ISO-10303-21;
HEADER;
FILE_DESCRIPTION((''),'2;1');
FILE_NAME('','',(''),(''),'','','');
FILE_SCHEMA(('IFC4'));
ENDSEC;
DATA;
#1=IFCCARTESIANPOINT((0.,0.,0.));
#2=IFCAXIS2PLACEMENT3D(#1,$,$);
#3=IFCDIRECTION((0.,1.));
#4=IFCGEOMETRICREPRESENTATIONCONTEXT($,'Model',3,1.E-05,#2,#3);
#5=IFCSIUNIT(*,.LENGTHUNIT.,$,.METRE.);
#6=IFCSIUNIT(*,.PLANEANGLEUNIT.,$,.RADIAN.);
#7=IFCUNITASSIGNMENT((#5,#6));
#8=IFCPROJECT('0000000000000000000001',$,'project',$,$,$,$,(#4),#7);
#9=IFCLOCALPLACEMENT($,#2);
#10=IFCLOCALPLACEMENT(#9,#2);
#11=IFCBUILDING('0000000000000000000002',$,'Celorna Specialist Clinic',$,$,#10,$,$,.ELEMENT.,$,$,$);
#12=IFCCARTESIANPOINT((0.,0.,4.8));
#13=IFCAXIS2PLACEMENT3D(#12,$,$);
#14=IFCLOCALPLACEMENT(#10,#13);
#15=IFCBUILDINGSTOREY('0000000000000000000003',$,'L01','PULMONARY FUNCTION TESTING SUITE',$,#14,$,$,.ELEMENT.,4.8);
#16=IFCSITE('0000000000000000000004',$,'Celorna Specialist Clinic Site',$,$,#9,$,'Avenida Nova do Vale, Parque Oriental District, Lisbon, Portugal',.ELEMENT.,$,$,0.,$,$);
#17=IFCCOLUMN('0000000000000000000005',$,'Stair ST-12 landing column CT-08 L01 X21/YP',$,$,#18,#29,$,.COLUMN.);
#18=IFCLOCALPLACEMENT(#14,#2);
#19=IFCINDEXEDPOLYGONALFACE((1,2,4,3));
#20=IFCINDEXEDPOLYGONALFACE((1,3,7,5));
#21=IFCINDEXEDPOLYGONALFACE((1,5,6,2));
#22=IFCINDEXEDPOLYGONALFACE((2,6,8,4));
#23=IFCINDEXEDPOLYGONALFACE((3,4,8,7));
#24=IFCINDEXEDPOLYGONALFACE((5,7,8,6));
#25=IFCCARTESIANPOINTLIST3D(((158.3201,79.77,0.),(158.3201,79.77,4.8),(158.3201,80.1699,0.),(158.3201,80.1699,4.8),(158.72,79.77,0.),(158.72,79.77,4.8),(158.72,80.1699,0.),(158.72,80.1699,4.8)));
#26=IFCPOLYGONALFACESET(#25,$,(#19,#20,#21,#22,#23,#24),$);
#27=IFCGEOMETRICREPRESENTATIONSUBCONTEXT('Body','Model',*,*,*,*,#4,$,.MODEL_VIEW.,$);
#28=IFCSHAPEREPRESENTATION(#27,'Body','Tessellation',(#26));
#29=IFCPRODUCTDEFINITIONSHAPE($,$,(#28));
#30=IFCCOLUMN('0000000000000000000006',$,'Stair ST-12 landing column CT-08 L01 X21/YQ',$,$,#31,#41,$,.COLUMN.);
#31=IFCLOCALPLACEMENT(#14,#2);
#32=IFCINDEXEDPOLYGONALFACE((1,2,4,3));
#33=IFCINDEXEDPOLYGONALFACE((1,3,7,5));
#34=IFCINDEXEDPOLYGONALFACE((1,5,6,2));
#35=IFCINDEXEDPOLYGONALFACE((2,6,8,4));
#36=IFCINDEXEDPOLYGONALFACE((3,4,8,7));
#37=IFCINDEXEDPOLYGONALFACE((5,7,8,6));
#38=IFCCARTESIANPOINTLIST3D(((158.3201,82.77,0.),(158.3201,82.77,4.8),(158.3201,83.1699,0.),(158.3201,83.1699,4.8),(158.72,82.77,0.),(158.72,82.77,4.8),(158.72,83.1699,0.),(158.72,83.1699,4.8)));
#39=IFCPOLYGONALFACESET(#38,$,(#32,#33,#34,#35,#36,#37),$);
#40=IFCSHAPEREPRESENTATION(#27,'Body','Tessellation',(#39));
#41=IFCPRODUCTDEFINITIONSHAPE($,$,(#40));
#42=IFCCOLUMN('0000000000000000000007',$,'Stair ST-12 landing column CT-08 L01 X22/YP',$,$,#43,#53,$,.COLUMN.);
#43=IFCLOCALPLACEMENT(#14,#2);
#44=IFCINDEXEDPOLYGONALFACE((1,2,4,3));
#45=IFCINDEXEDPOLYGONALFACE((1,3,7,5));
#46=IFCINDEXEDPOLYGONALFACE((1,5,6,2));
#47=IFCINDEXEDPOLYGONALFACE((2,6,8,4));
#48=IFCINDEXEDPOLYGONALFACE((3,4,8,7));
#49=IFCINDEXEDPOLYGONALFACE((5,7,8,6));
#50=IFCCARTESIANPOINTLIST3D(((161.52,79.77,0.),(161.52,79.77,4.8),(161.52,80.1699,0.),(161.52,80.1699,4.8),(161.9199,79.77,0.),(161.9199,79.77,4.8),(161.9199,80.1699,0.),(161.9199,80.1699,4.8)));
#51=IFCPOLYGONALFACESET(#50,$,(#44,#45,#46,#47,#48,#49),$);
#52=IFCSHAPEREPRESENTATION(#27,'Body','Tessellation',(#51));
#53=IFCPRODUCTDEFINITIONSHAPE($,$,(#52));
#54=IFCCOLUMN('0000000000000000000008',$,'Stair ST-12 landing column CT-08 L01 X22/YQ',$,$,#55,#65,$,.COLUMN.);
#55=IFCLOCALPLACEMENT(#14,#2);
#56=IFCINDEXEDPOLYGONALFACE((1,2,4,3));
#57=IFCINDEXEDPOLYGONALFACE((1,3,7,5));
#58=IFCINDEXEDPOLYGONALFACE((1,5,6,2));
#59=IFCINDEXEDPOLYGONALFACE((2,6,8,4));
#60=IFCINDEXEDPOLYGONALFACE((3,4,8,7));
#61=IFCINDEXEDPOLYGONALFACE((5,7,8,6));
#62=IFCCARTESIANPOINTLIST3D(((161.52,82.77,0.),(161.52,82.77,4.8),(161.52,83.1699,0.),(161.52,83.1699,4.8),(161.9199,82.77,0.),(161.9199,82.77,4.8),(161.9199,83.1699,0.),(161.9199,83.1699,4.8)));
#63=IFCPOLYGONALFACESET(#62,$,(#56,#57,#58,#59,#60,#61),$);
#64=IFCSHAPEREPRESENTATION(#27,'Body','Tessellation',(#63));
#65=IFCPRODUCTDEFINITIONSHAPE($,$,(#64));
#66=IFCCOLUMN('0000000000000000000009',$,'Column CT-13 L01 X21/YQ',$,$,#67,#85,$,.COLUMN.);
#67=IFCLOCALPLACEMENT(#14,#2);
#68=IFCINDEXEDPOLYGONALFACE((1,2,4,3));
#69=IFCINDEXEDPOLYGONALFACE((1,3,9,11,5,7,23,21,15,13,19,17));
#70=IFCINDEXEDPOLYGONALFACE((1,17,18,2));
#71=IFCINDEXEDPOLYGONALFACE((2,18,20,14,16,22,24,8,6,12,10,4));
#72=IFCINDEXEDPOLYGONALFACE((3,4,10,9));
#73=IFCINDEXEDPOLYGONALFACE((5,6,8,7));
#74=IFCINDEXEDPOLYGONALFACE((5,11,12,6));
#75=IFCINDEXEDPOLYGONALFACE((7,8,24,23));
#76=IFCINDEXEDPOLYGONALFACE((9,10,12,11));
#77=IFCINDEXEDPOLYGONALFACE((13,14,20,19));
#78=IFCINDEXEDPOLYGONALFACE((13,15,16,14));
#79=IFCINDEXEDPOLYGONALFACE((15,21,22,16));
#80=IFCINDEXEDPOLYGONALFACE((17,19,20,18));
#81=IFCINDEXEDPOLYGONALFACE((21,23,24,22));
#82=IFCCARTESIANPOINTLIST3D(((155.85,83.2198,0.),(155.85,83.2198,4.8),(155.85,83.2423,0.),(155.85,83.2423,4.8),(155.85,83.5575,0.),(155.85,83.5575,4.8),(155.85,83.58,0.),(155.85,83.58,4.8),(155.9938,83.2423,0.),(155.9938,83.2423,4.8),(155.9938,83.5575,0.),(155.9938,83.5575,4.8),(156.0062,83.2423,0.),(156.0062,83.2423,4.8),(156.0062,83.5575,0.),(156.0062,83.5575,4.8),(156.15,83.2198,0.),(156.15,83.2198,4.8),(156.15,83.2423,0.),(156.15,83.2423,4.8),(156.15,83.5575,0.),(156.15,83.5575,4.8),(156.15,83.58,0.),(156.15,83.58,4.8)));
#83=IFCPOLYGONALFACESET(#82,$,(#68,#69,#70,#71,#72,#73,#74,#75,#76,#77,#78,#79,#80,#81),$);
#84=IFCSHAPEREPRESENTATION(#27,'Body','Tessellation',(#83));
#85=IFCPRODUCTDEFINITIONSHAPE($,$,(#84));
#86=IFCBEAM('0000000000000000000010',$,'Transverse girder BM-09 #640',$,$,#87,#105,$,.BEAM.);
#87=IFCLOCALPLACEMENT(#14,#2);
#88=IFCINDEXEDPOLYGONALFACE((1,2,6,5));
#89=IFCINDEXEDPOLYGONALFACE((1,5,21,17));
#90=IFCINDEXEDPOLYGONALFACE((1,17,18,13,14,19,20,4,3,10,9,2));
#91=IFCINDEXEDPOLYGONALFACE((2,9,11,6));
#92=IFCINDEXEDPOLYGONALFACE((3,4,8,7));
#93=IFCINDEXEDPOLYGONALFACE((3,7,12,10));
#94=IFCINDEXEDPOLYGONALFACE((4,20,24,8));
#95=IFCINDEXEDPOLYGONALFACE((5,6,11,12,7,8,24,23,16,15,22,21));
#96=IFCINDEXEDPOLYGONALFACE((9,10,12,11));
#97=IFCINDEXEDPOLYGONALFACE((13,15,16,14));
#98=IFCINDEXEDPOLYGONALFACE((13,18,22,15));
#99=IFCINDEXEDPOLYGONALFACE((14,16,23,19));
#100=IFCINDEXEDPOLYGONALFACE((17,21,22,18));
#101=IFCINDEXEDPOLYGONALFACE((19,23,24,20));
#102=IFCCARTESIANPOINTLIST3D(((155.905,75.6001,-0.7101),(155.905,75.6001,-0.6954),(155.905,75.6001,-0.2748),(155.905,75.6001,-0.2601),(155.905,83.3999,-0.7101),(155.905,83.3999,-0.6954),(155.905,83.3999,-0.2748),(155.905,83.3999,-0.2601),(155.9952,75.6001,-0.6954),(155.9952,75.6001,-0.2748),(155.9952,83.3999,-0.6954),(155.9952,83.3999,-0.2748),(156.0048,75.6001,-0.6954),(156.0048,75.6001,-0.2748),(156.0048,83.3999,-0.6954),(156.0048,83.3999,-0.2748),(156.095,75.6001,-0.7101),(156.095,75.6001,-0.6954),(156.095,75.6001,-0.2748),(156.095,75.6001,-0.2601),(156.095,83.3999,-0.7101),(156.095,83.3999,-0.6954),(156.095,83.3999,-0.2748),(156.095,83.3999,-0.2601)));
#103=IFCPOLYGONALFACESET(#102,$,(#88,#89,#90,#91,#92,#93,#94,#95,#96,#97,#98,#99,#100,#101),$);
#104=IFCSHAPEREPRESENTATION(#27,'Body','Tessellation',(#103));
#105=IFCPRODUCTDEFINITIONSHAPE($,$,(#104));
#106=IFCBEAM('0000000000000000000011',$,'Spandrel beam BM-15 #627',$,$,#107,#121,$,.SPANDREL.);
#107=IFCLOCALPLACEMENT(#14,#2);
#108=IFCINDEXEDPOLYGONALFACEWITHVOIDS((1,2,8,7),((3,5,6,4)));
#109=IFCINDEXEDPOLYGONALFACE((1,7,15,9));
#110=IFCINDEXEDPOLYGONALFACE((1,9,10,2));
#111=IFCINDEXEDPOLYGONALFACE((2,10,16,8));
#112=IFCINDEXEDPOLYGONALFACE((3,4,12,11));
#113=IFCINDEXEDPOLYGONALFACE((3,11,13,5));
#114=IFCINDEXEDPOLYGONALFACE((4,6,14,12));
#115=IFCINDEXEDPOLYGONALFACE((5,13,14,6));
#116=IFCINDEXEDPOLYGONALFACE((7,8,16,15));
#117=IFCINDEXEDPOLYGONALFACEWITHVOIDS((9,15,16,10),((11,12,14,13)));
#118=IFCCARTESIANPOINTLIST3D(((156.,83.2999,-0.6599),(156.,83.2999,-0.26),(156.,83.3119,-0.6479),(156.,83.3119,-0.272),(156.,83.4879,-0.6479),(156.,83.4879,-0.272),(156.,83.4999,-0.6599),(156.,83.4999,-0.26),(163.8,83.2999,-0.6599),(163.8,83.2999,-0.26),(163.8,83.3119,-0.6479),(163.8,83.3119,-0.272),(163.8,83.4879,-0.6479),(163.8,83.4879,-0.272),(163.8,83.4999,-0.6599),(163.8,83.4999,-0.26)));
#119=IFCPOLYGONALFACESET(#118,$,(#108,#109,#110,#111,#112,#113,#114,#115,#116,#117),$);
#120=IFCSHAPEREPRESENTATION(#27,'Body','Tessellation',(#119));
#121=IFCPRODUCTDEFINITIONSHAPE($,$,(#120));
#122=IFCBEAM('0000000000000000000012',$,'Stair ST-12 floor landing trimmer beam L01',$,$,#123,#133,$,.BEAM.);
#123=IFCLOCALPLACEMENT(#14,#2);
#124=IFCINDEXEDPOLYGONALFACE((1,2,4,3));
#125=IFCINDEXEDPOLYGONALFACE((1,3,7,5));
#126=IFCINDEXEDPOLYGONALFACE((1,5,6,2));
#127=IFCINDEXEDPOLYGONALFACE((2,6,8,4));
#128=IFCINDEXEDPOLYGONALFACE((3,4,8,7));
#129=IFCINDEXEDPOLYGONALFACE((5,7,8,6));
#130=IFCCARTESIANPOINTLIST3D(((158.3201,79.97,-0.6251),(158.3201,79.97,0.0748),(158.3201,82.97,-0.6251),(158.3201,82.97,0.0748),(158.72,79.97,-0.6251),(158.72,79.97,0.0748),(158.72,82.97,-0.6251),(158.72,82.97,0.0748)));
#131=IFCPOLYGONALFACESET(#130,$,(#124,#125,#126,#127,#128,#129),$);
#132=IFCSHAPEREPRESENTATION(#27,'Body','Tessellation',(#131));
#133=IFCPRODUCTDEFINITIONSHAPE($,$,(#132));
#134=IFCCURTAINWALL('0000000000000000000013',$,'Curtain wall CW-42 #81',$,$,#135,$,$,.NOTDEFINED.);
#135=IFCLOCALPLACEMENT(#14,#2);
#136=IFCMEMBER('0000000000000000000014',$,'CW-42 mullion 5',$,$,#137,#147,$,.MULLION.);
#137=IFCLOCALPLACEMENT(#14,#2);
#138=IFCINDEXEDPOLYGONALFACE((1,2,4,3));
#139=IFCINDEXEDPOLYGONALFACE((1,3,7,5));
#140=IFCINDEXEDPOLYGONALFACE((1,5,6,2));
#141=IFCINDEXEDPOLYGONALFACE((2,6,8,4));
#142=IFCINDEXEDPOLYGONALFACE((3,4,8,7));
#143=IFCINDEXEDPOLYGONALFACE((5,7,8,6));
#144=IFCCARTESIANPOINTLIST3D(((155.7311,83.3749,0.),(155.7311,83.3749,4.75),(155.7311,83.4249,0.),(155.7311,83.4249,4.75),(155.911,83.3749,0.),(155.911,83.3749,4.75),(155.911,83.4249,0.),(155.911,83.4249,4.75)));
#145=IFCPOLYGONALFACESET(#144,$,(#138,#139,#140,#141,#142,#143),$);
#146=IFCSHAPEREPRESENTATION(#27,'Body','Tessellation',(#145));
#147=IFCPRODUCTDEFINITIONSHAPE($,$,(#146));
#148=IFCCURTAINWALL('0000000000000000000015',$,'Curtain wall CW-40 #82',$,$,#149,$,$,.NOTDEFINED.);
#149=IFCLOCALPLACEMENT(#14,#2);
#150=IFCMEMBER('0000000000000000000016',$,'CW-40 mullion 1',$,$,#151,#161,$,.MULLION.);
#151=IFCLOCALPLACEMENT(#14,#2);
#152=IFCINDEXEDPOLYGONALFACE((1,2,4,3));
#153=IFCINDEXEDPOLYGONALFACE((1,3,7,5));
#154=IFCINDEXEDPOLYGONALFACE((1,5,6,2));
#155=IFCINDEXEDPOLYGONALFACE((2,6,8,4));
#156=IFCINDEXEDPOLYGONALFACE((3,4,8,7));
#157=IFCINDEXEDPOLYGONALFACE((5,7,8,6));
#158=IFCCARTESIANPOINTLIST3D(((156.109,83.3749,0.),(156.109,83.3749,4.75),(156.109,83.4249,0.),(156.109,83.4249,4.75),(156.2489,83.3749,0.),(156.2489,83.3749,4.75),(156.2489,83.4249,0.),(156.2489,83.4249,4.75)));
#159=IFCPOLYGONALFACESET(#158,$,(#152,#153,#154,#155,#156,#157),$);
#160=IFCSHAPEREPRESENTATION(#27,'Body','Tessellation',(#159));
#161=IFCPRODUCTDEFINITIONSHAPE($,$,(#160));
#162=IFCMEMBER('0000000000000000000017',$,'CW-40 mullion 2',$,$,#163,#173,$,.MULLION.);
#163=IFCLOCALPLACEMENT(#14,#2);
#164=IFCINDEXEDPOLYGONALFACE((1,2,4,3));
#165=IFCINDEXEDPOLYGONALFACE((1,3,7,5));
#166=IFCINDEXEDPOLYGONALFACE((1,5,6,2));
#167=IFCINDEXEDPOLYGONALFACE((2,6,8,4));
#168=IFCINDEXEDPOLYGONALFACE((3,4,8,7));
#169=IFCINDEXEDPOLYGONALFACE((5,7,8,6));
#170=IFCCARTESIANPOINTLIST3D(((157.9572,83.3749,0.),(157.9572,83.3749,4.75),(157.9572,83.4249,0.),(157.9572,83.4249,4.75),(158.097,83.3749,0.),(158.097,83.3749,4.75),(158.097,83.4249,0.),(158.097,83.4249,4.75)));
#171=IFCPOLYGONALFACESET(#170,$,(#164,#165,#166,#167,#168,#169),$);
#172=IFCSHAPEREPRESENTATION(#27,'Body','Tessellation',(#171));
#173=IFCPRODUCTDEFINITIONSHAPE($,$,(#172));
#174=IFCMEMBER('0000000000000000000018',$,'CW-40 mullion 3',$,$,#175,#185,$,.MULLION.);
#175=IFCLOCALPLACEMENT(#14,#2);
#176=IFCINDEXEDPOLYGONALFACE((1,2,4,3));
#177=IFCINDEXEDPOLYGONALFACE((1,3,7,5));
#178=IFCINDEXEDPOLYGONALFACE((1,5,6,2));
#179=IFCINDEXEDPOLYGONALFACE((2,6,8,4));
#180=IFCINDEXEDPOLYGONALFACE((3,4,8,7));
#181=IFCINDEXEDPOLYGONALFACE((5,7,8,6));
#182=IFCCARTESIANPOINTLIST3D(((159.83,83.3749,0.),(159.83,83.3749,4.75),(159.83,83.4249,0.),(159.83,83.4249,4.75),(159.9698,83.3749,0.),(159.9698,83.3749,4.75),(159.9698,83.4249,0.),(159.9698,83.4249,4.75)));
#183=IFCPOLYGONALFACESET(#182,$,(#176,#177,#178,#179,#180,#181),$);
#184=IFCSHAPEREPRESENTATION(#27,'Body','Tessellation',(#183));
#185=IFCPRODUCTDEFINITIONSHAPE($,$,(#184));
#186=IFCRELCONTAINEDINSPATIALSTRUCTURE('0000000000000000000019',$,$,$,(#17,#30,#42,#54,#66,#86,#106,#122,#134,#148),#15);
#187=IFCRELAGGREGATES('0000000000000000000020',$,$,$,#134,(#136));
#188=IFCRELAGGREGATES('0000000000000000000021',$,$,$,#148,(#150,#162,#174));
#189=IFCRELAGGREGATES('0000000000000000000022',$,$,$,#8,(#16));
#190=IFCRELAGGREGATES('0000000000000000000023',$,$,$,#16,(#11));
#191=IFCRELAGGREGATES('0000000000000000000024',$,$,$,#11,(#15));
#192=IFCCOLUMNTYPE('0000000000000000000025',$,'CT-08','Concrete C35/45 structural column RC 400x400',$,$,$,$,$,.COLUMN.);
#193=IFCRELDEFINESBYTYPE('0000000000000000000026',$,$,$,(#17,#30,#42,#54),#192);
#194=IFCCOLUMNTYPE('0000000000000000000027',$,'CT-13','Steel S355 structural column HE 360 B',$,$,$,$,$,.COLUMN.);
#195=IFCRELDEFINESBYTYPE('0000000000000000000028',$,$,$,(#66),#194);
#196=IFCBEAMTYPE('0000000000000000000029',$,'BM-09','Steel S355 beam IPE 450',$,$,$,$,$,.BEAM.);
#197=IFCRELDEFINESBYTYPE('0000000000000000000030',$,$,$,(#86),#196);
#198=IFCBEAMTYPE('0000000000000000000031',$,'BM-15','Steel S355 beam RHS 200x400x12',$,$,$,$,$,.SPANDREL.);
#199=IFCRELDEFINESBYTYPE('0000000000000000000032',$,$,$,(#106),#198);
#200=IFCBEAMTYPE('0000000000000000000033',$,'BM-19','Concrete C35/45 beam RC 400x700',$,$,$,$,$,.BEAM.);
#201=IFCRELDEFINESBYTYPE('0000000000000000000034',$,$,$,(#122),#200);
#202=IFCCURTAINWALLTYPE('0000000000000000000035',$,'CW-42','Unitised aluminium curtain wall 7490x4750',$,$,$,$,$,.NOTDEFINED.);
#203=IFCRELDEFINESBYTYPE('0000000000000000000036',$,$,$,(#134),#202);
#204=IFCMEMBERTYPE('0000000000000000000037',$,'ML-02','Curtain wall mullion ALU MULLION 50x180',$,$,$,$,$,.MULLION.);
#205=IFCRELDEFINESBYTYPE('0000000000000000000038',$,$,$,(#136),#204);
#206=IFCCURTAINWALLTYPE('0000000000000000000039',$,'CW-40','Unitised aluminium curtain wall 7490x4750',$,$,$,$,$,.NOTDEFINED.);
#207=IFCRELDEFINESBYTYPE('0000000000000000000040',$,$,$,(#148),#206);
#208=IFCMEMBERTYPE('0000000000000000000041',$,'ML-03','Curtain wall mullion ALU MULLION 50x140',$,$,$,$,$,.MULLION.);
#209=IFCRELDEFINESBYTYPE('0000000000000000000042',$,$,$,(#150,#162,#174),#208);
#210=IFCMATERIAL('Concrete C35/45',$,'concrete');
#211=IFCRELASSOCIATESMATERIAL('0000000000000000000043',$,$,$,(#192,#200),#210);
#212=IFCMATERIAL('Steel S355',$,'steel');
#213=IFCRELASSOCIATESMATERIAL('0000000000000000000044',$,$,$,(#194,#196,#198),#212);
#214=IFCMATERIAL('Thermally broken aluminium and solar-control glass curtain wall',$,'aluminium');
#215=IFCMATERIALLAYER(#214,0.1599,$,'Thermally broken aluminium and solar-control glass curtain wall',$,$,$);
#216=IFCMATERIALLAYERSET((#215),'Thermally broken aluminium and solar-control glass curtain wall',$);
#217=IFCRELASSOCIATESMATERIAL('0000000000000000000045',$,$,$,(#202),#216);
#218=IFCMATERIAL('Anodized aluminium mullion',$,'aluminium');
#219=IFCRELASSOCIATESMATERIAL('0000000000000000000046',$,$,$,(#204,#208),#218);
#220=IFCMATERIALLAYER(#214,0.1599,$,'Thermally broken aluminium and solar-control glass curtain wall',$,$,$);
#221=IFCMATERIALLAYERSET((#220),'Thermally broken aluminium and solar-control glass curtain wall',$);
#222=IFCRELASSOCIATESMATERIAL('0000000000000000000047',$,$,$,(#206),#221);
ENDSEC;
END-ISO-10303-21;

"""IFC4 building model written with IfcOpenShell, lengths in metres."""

from ifc_helpers import new_model, si_unit, direction, frame, origin, origin_2d, place, context, subcontext, project, spatial, rectangle, hollow_rectangle, i_section, extrude, material, layer, layer_set, material_profile, profile_set, type_object, element, aggregate, save


model = new_model("IFC4")

# Units and contexts
model_context = context("Model", 3, precision=1e-05, world=origin(), true_north=direction((0.0, 1.0)))
body_context = subcontext(model_context, "Body", "Model", "MODEL_VIEW")
ifc_project = project(units=[si_unit("LENGTHUNIT", "METRE"), si_unit("PLANEANGLEUNIT", "RADIAN")], contexts=[model_context])

# Site, building, storey
site_placement = place(None, origin())
site = spatial("IfcSite", under=ifc_project, at=site_placement, Name="Celorna Specialist Clinic Site", LongName="Avenida Nova do Vale, Parque Oriental District, Lisbon, Portugal", CompositionType="ELEMENT", RefElevation=0.0)
building_placement = place(site_placement, origin())
building = spatial("IfcBuilding", under=site, at=building_placement, Name="Celorna Specialist Clinic", CompositionType="ELEMENT")
storey_placement = place(building_placement, frame((0.0, 0.0, 4.8)))
storey = spatial("IfcBuildingStorey", under=building, at=storey_placement, Name="L01", Description="PULMONARY FUNCTION TESTING SUITE", CompositionType="ELEMENT", Elevation=4.8)

# Columns
ifc_material_1 = material(Name="Concrete C35/45", Category="concrete")
ifc_material_profile_1 = material_profile(ifc_material_1, rectangle(XDim=0.3999, YDim=0.3999, at=origin_2d()), Name="RC 400x400")
ifc_profile_set_1 = profile_set([ifc_material_profile_1], Name="Concrete C35/45")
column_type_1 = type_object("IfcColumnType", Name="CT-08", Description="Concrete C35/45 structural column RC 400x400", PredefinedType="COLUMN", material=ifc_profile_set_1)
for number, where, z_axis, x_axis, name in (
    (1, (158.52, 79.97, 0.0), (0.0, 0.0, 1.0), (1.0, 0.0, 0.0), "Stair ST-12 landing column CT-08 L01 X21/YP"),
    (2, (158.52, 82.97, 0.0), (0.0, 0.0, 1.0), (1.0, 0.0, 0.0), "Stair ST-12 landing column CT-08 L01 X21/YQ"),
    (3, (161.72, 79.97, 0.0), (0.0, 0.0, 1.0), (1.0, 0.0, 0.0), "Stair ST-12 landing column CT-08 L01 X22/YP"),
    (4, (161.72, 82.97, 0.0), (0.0, 0.0, 1.0), (1.0, 0.0, 0.0), "Stair ST-12 landing column CT-08 L01 X22/YQ"),
):
    element("IfcColumn", number, at=place(storey_placement, frame(where, z_axis=z_axis, x_axis=x_axis)), inside=storey, type_object=column_type_1, Name=name, PredefinedType="COLUMN", context=body_context, shape_type="SweptSolid", body=[
        extrude(rectangle(XDim=0.3999, YDim=0.3999, at=origin_2d()), origin(), (0.0, 0.0, 1.0), 4.8),
    ])
ifc_material_2 = material(Name="Steel S355", Category="steel")
ifc_material_profile_2 = material_profile(ifc_material_2, i_section(OverallWidth=0.3, OverallDepth=0.3601, WebThickness=0.0125, FlangeThickness=0.0225, at=origin_2d()), Name="HE 360 B")
ifc_profile_set_2 = profile_set([ifc_material_profile_2], Name="Steel S355")
column_type_2 = type_object("IfcColumnType", Name="CT-13", Description="Steel S355 structural column HE 360 B", PredefinedType="COLUMN", material=ifc_profile_set_2)
column_placement = place(storey_placement, frame((156.0, 83.3999, 0.0), z_axis=(0.0, 0.0, 1.0), x_axis=(1.0, 0.0, 0.0)))
element("IfcColumn", 5, at=column_placement, inside=storey, type_object=column_type_2, Name="Column CT-13 L01 X21/YQ", PredefinedType="COLUMN", context=body_context, shape_type="SweptSolid", body=[
    extrude(i_section(OverallWidth=0.3, OverallDepth=0.3601, WebThickness=0.0125, FlangeThickness=0.0225, at=origin_2d()), origin(), (0.0, 0.0, 1.0), 4.8),
])

# Beams
ifc_material_profile_3 = material_profile(ifc_material_2, i_section(OverallWidth=0.1899, OverallDepth=0.45, WebThickness=0.0095, FlangeThickness=0.0146, at=origin_2d()), Name="IPE 450")
ifc_profile_set_3 = profile_set([ifc_material_profile_3], Name="Steel S355")
beam_type_1 = type_object("IfcBeamType", Name="BM-09", Description="Steel S355 beam IPE 450", PredefinedType="BEAM", material=ifc_profile_set_3)
beam_1_placement = place(storey_placement, frame((156.0, 75.6001, -0.4851), z_axis=(0.0, 1.0, 0.0), x_axis=(-1.0, 0.0, 0.0)))
element("IfcBeam", 6, at=beam_1_placement, inside=storey, type_object=beam_type_1, Name="Transverse girder BM-09 #640", PredefinedType="BEAM", context=body_context, shape_type="SweptSolid", body=[
    extrude(i_section(OverallWidth=0.1899, OverallDepth=0.45, WebThickness=0.0095, FlangeThickness=0.0146, at=origin_2d()), origin(), (0.0, 0.0, 1.0), 7.7998),
])
ifc_material_profile_4 = material_profile(ifc_material_2, hollow_rectangle(XDim=0.2, YDim=0.3999, WallThickness=0.012, at=origin_2d()), Name="RHS 200x400x12")
ifc_profile_set_4 = profile_set([ifc_material_profile_4], Name="Steel S355")
beam_type_2 = type_object("IfcBeamType", Name="BM-15", Description="Steel S355 beam RHS 200x400x12", PredefinedType="SPANDREL", material=ifc_profile_set_4)
beam_2_placement = place(storey_placement, frame((156.0, 83.3999, -0.46), z_axis=(1.0, 0.0, 0.0), x_axis=(0.0, 1.0, 0.0)))
element("IfcBeam", 7, at=beam_2_placement, inside=storey, type_object=beam_type_2, Name="Spandrel beam BM-15 #627", PredefinedType="SPANDREL", context=body_context, shape_type="SweptSolid", body=[
    extrude(hollow_rectangle(XDim=0.2, YDim=0.3999, WallThickness=0.012, at=origin_2d()), origin(), (0.0, 0.0, 1.0), 7.8),
])
ifc_material_profile_5 = material_profile(ifc_material_1, rectangle(XDim=0.3999, YDim=0.7, at=origin_2d()), Name="RC 400x700")
ifc_profile_set_5 = profile_set([ifc_material_profile_5], Name="Concrete C35/45")
beam_type_3 = type_object("IfcBeamType", Name="BM-19", Description="Concrete C35/45 beam RC 400x700", PredefinedType="BEAM", material=ifc_profile_set_5)
beam_3_placement = place(storey_placement, frame((158.52, 79.97, -0.2751), z_axis=(0.0, 1.0, 0.0), x_axis=(-1.0, 0.0, 0.0)))
element("IfcBeam", 8, at=beam_3_placement, inside=storey, type_object=beam_type_3, Name="Stair ST-12 floor landing trimmer beam L01", PredefinedType="BEAM", context=body_context, shape_type="SweptSolid", body=[
    extrude(rectangle(XDim=0.3999, YDim=0.7, at=origin_2d()), origin(), (0.0, 0.0, 1.0), 3.0),
])

# Curtain wall, member
ifc_material_3 = material(Name="Thermally broken aluminium and solar-control glass curtain wall", Category="aluminium")
ifc_layer_1 = layer(ifc_material_3, 0.1599, Name="Thermally broken aluminium and solar-control glass curtain wall")
ifc_layer_set_1 = layer_set([ifc_layer_1], Name="Thermally broken aluminium and solar-control glass curtain wall")
curtain_wall_type_1 = type_object("IfcCurtainWallType", Name="CW-42", Description="Unitised aluminium curtain wall 7490x4750", PredefinedType="NOTDEFINED", material=ifc_layer_set_1)
curtain_wall_1_placement = place(storey_placement, origin())
curtain_wall_1 = element("IfcCurtainWall", 9, at=curtain_wall_1_placement, inside=storey, type_object=curtain_wall_type_1, Name="Curtain wall CW-42 #81", PredefinedType="NOTDEFINED")
ifc_material_4 = material(Name="Anodized aluminium mullion", Category="aluminium")
ifc_material_profile_6 = material_profile(ifc_material_4, rectangle(XDim=0.05, YDim=0.1799, at=origin_2d()), Name="ALU MULLION 50x180")
ifc_profile_set_6 = profile_set([ifc_material_profile_6], Name="Anodized aluminium mullion")
member_type_1 = type_object("IfcMemberType", Name="ML-02", Description="Curtain wall mullion ALU MULLION 50x180", PredefinedType="MULLION", material=ifc_profile_set_6)
member_1_placement = place(storey_placement, frame((155.821, 83.3999, 0.0), z_axis=(0.0, 0.0, 1.0), x_axis=(0.0, 1.0, 0.0)))
member_1 = element("IfcMember", 10, at=member_1_placement, type_object=member_type_1, Name="CW-42 mullion 5", PredefinedType="MULLION", context=body_context, shape_type="SweptSolid", body=[
    extrude(rectangle(XDim=0.05, YDim=0.1799, at=origin_2d()), origin(), (0.0, 0.0, 1.0), 4.75),
])

# Curtain wall, members
ifc_layer_2 = layer(ifc_material_3, 0.1599, Name="Thermally broken aluminium and solar-control glass curtain wall")
ifc_layer_set_2 = layer_set([ifc_layer_2], Name="Thermally broken aluminium and solar-control glass curtain wall")
curtain_wall_type_2 = type_object("IfcCurtainWallType", Name="CW-40", Description="Unitised aluminium curtain wall 7490x4750", PredefinedType="NOTDEFINED", material=ifc_layer_set_2)
curtain_wall_2_placement = place(storey_placement, origin())
curtain_wall_2 = element("IfcCurtainWall", 11, at=curtain_wall_2_placement, inside=storey, type_object=curtain_wall_type_2, Name="Curtain wall CW-40 #82", PredefinedType="NOTDEFINED")
ifc_material_profile_7 = material_profile(ifc_material_4, rectangle(XDim=0.05, YDim=0.1399, at=origin_2d()), Name="ALU MULLION 50x140")
ifc_profile_set_7 = profile_set([ifc_material_profile_7], Name="Anodized aluminium mullion")
member_type_2 = type_object("IfcMemberType", Name="ML-03", Description="Curtain wall mullion ALU MULLION 50x140", PredefinedType="MULLION", material=ifc_profile_set_7)
member_2_placement = place(storey_placement, frame((156.179, 83.3999, 0.0), z_axis=(0.0, 0.0, 1.0), x_axis=(0.0, 1.0, 0.0)))
member_2 = element("IfcMember", 12, at=member_2_placement, type_object=member_type_2, Name="CW-40 mullion 1", PredefinedType="MULLION", context=body_context, shape_type="SweptSolid", body=[
    extrude(rectangle(XDim=0.05, YDim=0.1399, at=origin_2d()), origin(), (0.0, 0.0, 1.0), 4.75),
])
member_3_placement = place(storey_placement, frame((158.0271, 83.3999, 0.0), z_axis=(0.0, 0.0, 1.0), x_axis=(0.0, 1.0, 0.0)))
member_3 = element("IfcMember", 13, at=member_3_placement, type_object=member_type_2, Name="CW-40 mullion 2", PredefinedType="MULLION", context=body_context, shape_type="SweptSolid", body=[
    extrude(rectangle(XDim=0.05, YDim=0.1399, at=origin_2d()), origin(), (0.0, 0.0, 1.0), 4.75),
])
member_4_placement = place(storey_placement, frame((159.8999, 83.3999, 0.0), z_axis=(0.0, 0.0, 1.0), x_axis=(0.0, 1.0, 0.0)))
member_4 = element("IfcMember", 14, at=member_4_placement, type_object=member_type_2, Name="CW-40 mullion 3", PredefinedType="MULLION", context=body_context, shape_type="SweptSolid", body=[
    extrude(rectangle(XDim=0.05, YDim=0.1399, at=origin_2d()), origin(), (0.0, 0.0, 1.0), 4.75),
])

aggregate(curtain_wall_1, [member_1])
aggregate(curtain_wall_2, [member_2, member_3, member_4])

save(model, "model.ifc")
